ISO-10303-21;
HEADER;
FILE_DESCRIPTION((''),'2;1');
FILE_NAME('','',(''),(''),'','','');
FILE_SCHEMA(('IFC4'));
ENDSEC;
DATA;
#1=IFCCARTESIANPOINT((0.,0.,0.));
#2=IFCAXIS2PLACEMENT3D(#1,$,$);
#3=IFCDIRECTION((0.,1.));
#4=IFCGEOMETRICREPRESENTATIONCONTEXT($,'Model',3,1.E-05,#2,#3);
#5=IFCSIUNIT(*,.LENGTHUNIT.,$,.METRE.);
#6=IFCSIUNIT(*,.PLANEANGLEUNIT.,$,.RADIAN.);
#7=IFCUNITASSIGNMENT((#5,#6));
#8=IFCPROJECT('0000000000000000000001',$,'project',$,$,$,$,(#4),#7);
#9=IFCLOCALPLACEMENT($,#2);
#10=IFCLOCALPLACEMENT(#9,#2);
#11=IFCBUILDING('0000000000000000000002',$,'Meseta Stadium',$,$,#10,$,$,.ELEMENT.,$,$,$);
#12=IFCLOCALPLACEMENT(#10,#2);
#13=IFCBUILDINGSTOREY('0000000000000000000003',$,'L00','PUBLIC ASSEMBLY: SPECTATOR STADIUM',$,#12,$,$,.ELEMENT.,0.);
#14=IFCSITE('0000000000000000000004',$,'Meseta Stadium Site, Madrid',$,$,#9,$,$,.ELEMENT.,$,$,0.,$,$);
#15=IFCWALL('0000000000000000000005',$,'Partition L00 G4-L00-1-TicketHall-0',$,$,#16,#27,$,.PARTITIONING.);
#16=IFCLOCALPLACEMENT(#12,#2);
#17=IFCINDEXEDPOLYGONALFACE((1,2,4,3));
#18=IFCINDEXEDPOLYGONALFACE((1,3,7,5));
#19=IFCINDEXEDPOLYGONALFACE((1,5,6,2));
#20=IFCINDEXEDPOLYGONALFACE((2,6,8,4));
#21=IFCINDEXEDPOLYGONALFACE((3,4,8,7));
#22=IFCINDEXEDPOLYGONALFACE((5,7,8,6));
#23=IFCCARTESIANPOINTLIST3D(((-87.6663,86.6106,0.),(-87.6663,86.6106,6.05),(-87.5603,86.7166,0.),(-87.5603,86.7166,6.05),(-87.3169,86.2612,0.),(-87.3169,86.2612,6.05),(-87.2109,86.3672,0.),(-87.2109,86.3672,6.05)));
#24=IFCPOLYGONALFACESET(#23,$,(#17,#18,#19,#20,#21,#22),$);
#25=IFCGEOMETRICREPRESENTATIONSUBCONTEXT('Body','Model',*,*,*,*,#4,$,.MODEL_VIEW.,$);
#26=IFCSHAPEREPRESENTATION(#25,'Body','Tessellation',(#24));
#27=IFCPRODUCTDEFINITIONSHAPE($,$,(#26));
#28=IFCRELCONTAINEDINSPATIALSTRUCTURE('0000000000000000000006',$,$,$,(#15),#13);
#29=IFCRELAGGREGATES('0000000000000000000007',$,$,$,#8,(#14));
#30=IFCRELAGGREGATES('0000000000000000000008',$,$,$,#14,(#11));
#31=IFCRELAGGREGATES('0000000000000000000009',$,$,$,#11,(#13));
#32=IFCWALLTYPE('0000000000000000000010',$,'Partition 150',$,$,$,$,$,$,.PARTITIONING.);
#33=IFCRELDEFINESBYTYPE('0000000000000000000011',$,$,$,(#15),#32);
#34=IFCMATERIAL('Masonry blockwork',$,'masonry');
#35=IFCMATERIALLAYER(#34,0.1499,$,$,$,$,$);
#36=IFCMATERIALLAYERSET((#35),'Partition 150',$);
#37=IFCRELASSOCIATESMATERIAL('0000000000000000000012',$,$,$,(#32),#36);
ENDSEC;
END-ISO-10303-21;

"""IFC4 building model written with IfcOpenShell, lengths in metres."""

from ifc_helpers import new_model, si_unit, direction, frame, frame_2d, origin, place, context, subcontext, project, spatial, rectangle, extrude, material, layer, layer_set, type_object, element, save


model = new_model("IFC4")

# Units and contexts
model_context = context("Model", 3, precision=1e-05, world=origin(), true_north=direction((0.0, 1.0)))
body_context = subcontext(model_context, "Body", "Model", "MODEL_VIEW")
ifc_project = project(units=[si_unit("LENGTHUNIT", "METRE"), si_unit("PLANEANGLEUNIT", "RADIAN")], contexts=[model_context])

# Site, building, storey
site_placement = place(None, origin())
site = spatial("IfcSite", under=ifc_project, at=site_placement, Name="Meseta Stadium Site, Madrid", CompositionType="ELEMENT", RefElevation=0.0)
building_placement = place(site_placement, origin())
building = spatial("IfcBuilding", under=site, at=building_placement, Name="Meseta Stadium", CompositionType="ELEMENT")
storey_placement = place(building_placement, origin())
storey = spatial("IfcBuildingStorey", under=building, at=storey_placement, Name="L00", Description="PUBLIC ASSEMBLY: SPECTATOR STADIUM", CompositionType="ELEMENT", Elevation=0.0)

# Shared definitions
ifc_material_1 = material(Name="Masonry blockwork", Category="masonry")
ifc_layer_1 = layer(ifc_material_1, 0.1499)
ifc_layer_set_1 = layer_set([ifc_layer_1], Name="Partition 150")
wall_type_1 = type_object("IfcWallType", Name="Partition 150", PredefinedType="PARTITIONING", material=ifc_layer_set_1)

# Wall
wall_1_placement = place(storey_placement, frame((-87.2639, 86.3142, 0.0), z_axis=(0.0, 0.0, 1.0), x_axis=(-0.707107, 0.707107, 0.0)))
element("IfcWall", 1, at=wall_1_placement, inside=storey, type_object=wall_type_1, Name="Partition L00 G4-L00-1-TicketHall-0", PredefinedType="PARTITIONING", context=body_context, shape_type="SweptSolid", body=[
    extrude(rectangle(XDim=0.4941, YDim=0.1499, at=frame_2d((0.2471, 0.0))), origin(), (0.0, 0.0, 1.0), 6.05),
])

save(model, "model.ifc")
